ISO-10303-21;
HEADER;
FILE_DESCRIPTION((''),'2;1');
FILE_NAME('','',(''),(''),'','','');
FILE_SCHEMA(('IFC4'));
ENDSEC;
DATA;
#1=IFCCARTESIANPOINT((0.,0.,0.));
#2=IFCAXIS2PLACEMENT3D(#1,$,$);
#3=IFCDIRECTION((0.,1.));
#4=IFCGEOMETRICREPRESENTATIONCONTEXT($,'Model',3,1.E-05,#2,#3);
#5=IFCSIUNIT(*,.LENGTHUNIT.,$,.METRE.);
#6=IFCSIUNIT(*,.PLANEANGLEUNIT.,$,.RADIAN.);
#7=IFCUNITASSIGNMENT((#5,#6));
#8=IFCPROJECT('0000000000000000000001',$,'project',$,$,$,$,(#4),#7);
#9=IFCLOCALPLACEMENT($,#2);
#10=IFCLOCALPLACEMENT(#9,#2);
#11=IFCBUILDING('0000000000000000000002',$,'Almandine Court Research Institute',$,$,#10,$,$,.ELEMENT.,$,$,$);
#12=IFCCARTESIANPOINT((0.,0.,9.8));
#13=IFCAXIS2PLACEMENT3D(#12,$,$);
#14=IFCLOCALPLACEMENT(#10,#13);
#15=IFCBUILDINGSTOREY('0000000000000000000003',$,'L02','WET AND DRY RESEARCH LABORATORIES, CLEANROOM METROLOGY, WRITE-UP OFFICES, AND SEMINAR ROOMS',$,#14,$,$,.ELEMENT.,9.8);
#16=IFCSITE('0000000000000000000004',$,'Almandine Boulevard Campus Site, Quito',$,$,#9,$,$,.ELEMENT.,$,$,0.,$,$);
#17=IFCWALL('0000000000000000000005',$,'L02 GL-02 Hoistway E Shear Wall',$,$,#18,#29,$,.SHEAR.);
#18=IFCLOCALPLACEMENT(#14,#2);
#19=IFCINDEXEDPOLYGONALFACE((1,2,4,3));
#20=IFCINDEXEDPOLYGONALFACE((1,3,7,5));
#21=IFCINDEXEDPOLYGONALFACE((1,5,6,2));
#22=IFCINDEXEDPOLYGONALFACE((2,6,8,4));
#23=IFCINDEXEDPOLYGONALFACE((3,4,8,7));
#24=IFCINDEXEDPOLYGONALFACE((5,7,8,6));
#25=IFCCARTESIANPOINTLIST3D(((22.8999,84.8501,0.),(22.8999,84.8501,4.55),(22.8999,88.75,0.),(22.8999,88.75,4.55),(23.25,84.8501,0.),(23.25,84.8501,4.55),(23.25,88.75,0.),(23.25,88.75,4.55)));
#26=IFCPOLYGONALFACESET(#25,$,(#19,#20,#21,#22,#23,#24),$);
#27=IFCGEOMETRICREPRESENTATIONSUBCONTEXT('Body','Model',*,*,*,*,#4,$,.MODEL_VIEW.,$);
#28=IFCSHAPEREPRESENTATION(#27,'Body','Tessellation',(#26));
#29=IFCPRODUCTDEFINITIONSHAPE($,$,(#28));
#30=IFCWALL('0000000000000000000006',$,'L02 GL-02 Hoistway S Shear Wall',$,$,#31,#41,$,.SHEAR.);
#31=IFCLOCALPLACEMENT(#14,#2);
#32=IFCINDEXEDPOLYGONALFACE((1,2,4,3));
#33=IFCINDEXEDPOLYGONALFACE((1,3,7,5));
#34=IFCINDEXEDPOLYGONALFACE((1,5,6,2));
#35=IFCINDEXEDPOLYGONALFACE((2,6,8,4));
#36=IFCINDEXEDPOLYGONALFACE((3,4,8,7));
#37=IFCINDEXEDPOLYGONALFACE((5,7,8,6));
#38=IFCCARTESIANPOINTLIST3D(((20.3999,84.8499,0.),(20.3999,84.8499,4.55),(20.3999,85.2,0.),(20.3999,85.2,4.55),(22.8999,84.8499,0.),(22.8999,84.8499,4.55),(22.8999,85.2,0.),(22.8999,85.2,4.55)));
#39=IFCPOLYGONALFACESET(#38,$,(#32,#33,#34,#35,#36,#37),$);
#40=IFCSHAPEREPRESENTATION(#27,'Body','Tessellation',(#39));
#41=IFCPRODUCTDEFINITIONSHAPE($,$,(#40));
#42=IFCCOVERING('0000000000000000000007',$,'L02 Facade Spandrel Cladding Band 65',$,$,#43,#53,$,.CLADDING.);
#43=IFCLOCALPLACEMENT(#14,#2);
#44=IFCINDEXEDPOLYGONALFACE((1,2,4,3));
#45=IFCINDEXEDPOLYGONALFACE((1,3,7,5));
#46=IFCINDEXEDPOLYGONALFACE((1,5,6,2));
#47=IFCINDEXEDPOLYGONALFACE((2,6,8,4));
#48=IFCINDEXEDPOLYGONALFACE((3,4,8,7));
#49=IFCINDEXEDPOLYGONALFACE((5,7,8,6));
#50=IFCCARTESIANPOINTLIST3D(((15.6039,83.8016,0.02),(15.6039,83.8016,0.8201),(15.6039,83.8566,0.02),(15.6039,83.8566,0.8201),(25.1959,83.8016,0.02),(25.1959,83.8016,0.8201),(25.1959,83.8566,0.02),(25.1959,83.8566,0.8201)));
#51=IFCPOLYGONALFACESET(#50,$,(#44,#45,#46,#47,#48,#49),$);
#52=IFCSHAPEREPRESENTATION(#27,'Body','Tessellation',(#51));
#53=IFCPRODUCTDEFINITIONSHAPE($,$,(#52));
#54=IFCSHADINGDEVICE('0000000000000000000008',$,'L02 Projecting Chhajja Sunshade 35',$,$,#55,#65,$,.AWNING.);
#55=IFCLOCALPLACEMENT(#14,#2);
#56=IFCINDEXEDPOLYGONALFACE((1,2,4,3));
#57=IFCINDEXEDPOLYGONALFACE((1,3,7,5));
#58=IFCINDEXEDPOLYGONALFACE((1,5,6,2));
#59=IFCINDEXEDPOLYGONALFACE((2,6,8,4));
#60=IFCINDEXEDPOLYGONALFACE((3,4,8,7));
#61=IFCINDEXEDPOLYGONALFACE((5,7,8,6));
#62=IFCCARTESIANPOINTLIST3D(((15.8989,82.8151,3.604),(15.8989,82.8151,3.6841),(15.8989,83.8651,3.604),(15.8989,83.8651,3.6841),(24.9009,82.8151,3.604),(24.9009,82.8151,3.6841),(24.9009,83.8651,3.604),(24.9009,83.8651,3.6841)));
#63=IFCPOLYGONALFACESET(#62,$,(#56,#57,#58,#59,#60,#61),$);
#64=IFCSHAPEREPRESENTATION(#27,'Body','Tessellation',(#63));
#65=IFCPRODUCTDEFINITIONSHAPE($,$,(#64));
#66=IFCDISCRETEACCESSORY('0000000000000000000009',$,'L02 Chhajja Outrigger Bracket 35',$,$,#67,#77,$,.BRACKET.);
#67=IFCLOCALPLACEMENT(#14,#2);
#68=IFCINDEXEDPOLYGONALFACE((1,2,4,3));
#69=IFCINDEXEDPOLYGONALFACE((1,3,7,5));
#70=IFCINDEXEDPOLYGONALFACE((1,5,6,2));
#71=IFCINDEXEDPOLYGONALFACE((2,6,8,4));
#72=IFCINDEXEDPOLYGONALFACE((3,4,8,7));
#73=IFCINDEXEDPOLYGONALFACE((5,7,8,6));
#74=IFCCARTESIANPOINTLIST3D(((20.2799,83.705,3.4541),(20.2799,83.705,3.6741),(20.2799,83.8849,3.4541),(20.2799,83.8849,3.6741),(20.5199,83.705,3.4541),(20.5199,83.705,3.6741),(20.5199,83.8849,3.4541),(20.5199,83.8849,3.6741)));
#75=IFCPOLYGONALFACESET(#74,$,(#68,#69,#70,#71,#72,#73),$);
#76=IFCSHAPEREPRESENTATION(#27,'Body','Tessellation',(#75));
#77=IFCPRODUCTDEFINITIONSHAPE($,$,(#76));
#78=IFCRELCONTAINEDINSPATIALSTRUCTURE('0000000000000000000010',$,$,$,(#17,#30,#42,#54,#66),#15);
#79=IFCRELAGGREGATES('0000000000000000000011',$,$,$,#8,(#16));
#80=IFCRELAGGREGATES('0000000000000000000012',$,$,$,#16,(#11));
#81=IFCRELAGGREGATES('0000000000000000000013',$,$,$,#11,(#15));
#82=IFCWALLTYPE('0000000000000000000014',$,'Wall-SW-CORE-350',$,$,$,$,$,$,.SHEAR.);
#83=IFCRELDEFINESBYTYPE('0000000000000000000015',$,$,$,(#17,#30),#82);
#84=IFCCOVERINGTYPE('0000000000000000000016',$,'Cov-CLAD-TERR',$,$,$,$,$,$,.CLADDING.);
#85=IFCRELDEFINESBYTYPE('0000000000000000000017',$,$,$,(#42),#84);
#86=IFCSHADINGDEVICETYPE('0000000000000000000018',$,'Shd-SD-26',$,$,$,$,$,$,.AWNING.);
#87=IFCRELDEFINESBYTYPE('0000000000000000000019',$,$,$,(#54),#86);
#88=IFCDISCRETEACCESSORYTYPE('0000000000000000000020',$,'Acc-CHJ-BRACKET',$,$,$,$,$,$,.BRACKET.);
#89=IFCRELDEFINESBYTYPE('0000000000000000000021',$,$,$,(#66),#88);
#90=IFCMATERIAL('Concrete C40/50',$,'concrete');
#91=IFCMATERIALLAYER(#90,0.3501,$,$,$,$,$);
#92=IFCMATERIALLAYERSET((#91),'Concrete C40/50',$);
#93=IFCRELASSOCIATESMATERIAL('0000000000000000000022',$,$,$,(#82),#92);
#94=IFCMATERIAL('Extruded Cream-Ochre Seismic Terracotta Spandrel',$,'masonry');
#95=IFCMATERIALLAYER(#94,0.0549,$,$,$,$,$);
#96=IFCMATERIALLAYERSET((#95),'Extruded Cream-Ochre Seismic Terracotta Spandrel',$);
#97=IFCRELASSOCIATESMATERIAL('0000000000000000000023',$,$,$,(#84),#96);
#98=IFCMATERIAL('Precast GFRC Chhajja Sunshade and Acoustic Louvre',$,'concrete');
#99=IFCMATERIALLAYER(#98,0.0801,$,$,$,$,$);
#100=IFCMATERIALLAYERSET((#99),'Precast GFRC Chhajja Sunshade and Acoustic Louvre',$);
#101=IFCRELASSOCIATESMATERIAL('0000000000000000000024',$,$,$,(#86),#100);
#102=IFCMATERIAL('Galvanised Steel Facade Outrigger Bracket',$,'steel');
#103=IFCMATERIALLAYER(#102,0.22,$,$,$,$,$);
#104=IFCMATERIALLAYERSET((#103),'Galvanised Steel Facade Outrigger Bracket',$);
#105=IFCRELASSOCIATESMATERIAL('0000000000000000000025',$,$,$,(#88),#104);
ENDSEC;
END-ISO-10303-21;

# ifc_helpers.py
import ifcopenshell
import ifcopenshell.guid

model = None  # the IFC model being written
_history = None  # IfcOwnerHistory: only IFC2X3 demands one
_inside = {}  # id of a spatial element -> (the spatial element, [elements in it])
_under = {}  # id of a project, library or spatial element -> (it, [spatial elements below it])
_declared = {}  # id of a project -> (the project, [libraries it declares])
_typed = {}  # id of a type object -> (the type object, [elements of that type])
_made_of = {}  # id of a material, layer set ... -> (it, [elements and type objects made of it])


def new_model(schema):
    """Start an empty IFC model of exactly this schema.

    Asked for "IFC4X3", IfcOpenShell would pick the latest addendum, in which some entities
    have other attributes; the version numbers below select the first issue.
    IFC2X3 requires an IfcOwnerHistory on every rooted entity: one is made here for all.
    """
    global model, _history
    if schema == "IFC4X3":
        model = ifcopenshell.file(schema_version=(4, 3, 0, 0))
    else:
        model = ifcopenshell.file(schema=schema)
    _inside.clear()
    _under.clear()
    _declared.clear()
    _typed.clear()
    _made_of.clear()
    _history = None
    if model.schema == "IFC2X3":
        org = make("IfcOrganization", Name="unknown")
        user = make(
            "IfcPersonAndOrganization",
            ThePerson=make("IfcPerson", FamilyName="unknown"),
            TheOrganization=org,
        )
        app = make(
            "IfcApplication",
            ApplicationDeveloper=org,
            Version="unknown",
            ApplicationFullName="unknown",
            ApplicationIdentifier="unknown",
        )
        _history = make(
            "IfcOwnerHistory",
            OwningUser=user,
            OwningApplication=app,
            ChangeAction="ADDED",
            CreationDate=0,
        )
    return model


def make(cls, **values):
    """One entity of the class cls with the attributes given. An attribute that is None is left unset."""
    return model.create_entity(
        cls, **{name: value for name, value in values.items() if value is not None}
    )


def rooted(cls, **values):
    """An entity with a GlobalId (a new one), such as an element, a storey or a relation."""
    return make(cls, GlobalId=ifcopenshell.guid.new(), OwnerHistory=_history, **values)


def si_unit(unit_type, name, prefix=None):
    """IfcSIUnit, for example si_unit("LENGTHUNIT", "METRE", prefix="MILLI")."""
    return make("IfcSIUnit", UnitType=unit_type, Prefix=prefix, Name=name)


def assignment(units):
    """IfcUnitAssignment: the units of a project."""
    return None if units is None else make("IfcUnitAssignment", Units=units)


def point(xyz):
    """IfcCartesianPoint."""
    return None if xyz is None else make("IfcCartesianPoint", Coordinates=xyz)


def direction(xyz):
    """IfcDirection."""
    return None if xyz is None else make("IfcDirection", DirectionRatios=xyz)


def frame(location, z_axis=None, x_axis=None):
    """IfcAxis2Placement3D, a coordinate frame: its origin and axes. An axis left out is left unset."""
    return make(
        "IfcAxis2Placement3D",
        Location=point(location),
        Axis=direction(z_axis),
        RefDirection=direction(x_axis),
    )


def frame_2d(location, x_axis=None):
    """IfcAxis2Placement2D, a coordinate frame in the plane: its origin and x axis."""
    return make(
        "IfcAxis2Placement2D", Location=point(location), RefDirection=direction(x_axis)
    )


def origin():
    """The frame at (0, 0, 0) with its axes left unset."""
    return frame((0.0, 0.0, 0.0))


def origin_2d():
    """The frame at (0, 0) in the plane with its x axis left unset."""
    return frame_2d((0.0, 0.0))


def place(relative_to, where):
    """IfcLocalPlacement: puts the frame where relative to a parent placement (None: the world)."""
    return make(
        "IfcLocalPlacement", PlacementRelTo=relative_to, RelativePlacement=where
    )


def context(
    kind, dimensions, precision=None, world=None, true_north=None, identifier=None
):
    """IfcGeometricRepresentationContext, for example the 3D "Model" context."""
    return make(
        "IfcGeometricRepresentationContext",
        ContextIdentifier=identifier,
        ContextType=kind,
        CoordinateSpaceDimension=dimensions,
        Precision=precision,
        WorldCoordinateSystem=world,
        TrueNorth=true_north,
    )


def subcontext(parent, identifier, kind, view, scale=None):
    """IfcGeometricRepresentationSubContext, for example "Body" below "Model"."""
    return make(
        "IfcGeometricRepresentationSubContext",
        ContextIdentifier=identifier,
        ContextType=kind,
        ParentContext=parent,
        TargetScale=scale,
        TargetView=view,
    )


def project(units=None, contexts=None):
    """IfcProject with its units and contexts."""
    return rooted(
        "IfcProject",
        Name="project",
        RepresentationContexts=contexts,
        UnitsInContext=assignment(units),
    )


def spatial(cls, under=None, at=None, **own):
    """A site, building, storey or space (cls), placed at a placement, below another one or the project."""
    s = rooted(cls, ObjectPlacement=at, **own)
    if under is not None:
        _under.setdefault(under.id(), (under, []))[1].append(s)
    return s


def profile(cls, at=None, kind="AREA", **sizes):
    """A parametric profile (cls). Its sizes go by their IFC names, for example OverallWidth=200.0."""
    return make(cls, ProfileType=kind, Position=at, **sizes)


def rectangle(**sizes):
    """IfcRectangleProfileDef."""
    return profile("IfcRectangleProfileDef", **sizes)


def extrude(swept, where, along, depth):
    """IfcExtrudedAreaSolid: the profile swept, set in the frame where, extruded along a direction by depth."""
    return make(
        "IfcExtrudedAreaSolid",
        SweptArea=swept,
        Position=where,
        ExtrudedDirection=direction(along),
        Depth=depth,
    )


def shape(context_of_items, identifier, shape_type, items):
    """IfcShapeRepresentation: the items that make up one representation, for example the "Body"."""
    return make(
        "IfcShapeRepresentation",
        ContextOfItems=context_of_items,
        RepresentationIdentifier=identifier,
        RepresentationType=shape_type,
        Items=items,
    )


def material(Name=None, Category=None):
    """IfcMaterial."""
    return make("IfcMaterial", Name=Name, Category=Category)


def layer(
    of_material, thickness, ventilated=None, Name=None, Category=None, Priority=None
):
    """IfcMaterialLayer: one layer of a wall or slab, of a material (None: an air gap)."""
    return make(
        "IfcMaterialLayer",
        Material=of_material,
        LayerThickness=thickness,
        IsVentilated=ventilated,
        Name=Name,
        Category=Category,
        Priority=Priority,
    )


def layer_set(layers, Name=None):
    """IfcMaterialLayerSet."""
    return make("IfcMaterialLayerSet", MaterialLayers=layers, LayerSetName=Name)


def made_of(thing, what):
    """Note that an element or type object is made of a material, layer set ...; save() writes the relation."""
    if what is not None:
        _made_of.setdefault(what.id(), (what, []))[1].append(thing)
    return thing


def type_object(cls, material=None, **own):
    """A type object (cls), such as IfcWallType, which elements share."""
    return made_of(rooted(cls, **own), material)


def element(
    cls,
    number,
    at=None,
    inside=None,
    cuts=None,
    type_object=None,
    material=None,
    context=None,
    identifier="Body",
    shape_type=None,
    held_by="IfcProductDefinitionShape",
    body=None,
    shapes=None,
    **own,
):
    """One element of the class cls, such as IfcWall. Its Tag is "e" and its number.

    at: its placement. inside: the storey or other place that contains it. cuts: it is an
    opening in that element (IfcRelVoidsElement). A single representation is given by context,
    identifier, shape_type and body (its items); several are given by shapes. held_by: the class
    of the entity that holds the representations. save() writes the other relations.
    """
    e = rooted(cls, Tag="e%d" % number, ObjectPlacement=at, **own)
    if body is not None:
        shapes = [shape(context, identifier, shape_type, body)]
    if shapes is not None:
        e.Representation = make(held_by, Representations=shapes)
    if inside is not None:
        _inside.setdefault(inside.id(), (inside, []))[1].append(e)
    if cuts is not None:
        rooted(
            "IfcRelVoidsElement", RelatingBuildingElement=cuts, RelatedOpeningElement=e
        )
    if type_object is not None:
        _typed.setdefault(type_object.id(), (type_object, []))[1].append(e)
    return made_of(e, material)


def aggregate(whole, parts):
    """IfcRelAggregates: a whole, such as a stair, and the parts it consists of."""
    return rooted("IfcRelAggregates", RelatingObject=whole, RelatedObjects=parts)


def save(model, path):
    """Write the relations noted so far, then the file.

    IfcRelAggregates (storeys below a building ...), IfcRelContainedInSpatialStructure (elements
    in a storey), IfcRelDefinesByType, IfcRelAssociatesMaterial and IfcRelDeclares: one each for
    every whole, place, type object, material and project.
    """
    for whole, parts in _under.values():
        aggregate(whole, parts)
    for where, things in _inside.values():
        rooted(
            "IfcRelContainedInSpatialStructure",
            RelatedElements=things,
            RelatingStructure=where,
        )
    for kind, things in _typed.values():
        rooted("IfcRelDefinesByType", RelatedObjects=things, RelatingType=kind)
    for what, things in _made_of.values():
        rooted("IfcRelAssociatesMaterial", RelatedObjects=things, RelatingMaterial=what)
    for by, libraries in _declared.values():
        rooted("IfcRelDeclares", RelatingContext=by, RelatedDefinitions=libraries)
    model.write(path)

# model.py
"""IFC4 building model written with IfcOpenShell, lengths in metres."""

from ifc_helpers import new_model, si_unit, direction, frame, frame_2d, origin, origin_2d, place, context, subcontext, project, spatial, rectangle, extrude, material, layer, layer_set, type_object, element, save


model = new_model("IFC4")

# Units and contexts
model_context = context("Model", 3, precision=1e-05, world=origin(), true_north=direction((0.0, 1.0)))
body_context = subcontext(model_context, "Body", "Model", "MODEL_VIEW")
ifc_project = project(units=[si_unit("LENGTHUNIT", "METRE"), si_unit("PLANEANGLEUNIT", "RADIAN")], contexts=[model_context])

# Site, building, storey
site_placement = place(None, origin())
site = spatial("IfcSite", under=ifc_project, at=site_placement, Name="Almandine Boulevard Campus Site, Quito", CompositionType="ELEMENT", RefElevation=0.0)
building_placement = place(site_placement, origin())
building = spatial("IfcBuilding", under=site, at=building_placement, Name="Almandine Court Research Institute", CompositionType="ELEMENT")
storey_placement = place(building_placement, frame((0.0, 0.0, 9.8)))
storey = spatial("IfcBuildingStorey", under=building, at=storey_placement, Name="L02", Description="WET AND DRY RESEARCH LABORATORIES, CLEANROOM METROLOGY, WRITE-UP OFFICES, AND SEMINAR ROOMS", CompositionType="ELEMENT", Elevation=9.8)

# Shared definitions
ifc_material_1 = material(Name="Concrete C40/50", Category="concrete")
ifc_layer_1 = layer(ifc_material_1, 0.3501)
ifc_layer_set_1 = layer_set([ifc_layer_1], Name="Concrete C40/50")
wall_type_1 = type_object("IfcWallType", Name="Wall-SW-CORE-350", PredefinedType="SHEAR", material=ifc_layer_set_1)

# Walls
wall_1_placement = place(storey_placement, frame((23.075, 88.75, 0.0), z_axis=(0.0, 0.0, 1.0), x_axis=(0.0, -1.0, 0.0)))
element("IfcWall", 1, at=wall_1_placement, inside=storey, type_object=wall_type_1, Name="L02 GL-02 Hoistway E Shear Wall", PredefinedType="SHEAR", context=body_context, shape_type="SweptSolid", body=[
    extrude(rectangle(XDim=3.8999, YDim=0.3501, at=frame_2d((1.95, 0.0))), origin(), (0.0, 0.0, 1.0), 4.55),
])
wall_2_placement = place(storey_placement, frame((22.8999, 85.0249, 0.0), z_axis=(0.0, 0.0, 1.0), x_axis=(-1.0, 0.0, 0.0)))
element("IfcWall", 2, at=wall_2_placement, inside=storey, type_object=wall_type_1, Name="L02 GL-02 Hoistway S Shear Wall", PredefinedType="SHEAR", context=body_context, shape_type="SweptSolid", body=[
    extrude(rectangle(XDim=2.5, YDim=0.3501, at=frame_2d((1.25, 0.0))), origin(), (0.0, 0.0, 1.0), 4.55),
])

# Covering
ifc_material_2 = material(Name="Extruded Cream-Ochre Seismic Terracotta Spandrel", Category="masonry")
ifc_layer_2 = layer(ifc_material_2, 0.0549)
ifc_layer_set_2 = layer_set([ifc_layer_2], Name="Extruded Cream-Ochre Seismic Terracotta Spandrel")
covering_type = type_object("IfcCoveringType", Name="Cov-CLAD-TERR", PredefinedType="CLADDING", material=ifc_layer_set_2)
covering_placement = place(storey_placement, frame((20.3999, 83.8291, 0.02), z_axis=(0.0, 0.0, 1.0), x_axis=(-1.0, 0.0, 0.0)))
element("IfcCovering", 3, at=covering_placement, inside=storey, type_object=covering_type, Name="L02 Facade Spandrel Cladding Band 65", PredefinedType="CLADDING", context=body_context, shape_type="SweptSolid", body=[
    extrude(rectangle(XDim=9.592, YDim=0.0549, at=origin_2d()), origin(), (0.0, 0.0, 1.0), 0.8),
])

# Shading device
ifc_material_3 = material(Name="Precast GFRC Chhajja Sunshade and Acoustic Louvre", Category="concrete")
ifc_layer_3 = layer(ifc_material_3, 0.0801)
ifc_layer_set_3 = layer_set([ifc_layer_3], Name="Precast GFRC Chhajja Sunshade and Acoustic Louvre")
shading_device_type = type_object("IfcShadingDeviceType", Name="Shd-SD-26", PredefinedType="AWNING", material=ifc_layer_set_3)
shading_device_placement = place(storey_placement, frame((20.3999, 83.3401, 3.604), z_axis=(0.0, 0.0, 1.0), x_axis=(-1.0, 0.0, 0.0)))
element("IfcShadingDevice", 4, at=shading_device_placement, inside=storey, type_object=shading_device_type, Name="L02 Projecting Chhajja Sunshade 35", PredefinedType="AWNING", context=body_context, shape_type="SweptSolid", body=[
    extrude(rectangle(XDim=9.002, YDim=1.05, at=origin_2d()), origin(), (0.0, 0.0, 1.0), 0.0801),
])

# Discrete accessory
ifc_material_4 = material(Name="Galvanised Steel Facade Outrigger Bracket", Category="steel")
ifc_layer_4 = layer(ifc_material_4, 0.22)
ifc_layer_set_4 = layer_set([ifc_layer_4], Name="Galvanised Steel Facade Outrigger Bracket")
discrete_accessory_type = type_object("IfcDiscreteAccessoryType", Name="Acc-CHJ-BRACKET", PredefinedType="BRACKET", material=ifc_layer_set_4)
discrete_accessory_placement = place(storey_placement, frame((20.3999, 83.7949, 3.4541), z_axis=(0.0, 0.0, 1.0), x_axis=(-1.0, 0.0, 0.0)))
element("IfcDiscreteAccessory", 5, at=discrete_accessory_placement, inside=storey, type_object=discrete_accessory_type, Name="L02 Chhajja Outrigger Bracket 35", PredefinedType="BRACKET", context=body_context, shape_type="SweptSolid", body=[
    extrude(rectangle(XDim=0.24, YDim=0.1799, at=origin_2d()), origin(), (0.0, 0.0, 1.0), 0.22),
])

save(model, "model.ifc")
